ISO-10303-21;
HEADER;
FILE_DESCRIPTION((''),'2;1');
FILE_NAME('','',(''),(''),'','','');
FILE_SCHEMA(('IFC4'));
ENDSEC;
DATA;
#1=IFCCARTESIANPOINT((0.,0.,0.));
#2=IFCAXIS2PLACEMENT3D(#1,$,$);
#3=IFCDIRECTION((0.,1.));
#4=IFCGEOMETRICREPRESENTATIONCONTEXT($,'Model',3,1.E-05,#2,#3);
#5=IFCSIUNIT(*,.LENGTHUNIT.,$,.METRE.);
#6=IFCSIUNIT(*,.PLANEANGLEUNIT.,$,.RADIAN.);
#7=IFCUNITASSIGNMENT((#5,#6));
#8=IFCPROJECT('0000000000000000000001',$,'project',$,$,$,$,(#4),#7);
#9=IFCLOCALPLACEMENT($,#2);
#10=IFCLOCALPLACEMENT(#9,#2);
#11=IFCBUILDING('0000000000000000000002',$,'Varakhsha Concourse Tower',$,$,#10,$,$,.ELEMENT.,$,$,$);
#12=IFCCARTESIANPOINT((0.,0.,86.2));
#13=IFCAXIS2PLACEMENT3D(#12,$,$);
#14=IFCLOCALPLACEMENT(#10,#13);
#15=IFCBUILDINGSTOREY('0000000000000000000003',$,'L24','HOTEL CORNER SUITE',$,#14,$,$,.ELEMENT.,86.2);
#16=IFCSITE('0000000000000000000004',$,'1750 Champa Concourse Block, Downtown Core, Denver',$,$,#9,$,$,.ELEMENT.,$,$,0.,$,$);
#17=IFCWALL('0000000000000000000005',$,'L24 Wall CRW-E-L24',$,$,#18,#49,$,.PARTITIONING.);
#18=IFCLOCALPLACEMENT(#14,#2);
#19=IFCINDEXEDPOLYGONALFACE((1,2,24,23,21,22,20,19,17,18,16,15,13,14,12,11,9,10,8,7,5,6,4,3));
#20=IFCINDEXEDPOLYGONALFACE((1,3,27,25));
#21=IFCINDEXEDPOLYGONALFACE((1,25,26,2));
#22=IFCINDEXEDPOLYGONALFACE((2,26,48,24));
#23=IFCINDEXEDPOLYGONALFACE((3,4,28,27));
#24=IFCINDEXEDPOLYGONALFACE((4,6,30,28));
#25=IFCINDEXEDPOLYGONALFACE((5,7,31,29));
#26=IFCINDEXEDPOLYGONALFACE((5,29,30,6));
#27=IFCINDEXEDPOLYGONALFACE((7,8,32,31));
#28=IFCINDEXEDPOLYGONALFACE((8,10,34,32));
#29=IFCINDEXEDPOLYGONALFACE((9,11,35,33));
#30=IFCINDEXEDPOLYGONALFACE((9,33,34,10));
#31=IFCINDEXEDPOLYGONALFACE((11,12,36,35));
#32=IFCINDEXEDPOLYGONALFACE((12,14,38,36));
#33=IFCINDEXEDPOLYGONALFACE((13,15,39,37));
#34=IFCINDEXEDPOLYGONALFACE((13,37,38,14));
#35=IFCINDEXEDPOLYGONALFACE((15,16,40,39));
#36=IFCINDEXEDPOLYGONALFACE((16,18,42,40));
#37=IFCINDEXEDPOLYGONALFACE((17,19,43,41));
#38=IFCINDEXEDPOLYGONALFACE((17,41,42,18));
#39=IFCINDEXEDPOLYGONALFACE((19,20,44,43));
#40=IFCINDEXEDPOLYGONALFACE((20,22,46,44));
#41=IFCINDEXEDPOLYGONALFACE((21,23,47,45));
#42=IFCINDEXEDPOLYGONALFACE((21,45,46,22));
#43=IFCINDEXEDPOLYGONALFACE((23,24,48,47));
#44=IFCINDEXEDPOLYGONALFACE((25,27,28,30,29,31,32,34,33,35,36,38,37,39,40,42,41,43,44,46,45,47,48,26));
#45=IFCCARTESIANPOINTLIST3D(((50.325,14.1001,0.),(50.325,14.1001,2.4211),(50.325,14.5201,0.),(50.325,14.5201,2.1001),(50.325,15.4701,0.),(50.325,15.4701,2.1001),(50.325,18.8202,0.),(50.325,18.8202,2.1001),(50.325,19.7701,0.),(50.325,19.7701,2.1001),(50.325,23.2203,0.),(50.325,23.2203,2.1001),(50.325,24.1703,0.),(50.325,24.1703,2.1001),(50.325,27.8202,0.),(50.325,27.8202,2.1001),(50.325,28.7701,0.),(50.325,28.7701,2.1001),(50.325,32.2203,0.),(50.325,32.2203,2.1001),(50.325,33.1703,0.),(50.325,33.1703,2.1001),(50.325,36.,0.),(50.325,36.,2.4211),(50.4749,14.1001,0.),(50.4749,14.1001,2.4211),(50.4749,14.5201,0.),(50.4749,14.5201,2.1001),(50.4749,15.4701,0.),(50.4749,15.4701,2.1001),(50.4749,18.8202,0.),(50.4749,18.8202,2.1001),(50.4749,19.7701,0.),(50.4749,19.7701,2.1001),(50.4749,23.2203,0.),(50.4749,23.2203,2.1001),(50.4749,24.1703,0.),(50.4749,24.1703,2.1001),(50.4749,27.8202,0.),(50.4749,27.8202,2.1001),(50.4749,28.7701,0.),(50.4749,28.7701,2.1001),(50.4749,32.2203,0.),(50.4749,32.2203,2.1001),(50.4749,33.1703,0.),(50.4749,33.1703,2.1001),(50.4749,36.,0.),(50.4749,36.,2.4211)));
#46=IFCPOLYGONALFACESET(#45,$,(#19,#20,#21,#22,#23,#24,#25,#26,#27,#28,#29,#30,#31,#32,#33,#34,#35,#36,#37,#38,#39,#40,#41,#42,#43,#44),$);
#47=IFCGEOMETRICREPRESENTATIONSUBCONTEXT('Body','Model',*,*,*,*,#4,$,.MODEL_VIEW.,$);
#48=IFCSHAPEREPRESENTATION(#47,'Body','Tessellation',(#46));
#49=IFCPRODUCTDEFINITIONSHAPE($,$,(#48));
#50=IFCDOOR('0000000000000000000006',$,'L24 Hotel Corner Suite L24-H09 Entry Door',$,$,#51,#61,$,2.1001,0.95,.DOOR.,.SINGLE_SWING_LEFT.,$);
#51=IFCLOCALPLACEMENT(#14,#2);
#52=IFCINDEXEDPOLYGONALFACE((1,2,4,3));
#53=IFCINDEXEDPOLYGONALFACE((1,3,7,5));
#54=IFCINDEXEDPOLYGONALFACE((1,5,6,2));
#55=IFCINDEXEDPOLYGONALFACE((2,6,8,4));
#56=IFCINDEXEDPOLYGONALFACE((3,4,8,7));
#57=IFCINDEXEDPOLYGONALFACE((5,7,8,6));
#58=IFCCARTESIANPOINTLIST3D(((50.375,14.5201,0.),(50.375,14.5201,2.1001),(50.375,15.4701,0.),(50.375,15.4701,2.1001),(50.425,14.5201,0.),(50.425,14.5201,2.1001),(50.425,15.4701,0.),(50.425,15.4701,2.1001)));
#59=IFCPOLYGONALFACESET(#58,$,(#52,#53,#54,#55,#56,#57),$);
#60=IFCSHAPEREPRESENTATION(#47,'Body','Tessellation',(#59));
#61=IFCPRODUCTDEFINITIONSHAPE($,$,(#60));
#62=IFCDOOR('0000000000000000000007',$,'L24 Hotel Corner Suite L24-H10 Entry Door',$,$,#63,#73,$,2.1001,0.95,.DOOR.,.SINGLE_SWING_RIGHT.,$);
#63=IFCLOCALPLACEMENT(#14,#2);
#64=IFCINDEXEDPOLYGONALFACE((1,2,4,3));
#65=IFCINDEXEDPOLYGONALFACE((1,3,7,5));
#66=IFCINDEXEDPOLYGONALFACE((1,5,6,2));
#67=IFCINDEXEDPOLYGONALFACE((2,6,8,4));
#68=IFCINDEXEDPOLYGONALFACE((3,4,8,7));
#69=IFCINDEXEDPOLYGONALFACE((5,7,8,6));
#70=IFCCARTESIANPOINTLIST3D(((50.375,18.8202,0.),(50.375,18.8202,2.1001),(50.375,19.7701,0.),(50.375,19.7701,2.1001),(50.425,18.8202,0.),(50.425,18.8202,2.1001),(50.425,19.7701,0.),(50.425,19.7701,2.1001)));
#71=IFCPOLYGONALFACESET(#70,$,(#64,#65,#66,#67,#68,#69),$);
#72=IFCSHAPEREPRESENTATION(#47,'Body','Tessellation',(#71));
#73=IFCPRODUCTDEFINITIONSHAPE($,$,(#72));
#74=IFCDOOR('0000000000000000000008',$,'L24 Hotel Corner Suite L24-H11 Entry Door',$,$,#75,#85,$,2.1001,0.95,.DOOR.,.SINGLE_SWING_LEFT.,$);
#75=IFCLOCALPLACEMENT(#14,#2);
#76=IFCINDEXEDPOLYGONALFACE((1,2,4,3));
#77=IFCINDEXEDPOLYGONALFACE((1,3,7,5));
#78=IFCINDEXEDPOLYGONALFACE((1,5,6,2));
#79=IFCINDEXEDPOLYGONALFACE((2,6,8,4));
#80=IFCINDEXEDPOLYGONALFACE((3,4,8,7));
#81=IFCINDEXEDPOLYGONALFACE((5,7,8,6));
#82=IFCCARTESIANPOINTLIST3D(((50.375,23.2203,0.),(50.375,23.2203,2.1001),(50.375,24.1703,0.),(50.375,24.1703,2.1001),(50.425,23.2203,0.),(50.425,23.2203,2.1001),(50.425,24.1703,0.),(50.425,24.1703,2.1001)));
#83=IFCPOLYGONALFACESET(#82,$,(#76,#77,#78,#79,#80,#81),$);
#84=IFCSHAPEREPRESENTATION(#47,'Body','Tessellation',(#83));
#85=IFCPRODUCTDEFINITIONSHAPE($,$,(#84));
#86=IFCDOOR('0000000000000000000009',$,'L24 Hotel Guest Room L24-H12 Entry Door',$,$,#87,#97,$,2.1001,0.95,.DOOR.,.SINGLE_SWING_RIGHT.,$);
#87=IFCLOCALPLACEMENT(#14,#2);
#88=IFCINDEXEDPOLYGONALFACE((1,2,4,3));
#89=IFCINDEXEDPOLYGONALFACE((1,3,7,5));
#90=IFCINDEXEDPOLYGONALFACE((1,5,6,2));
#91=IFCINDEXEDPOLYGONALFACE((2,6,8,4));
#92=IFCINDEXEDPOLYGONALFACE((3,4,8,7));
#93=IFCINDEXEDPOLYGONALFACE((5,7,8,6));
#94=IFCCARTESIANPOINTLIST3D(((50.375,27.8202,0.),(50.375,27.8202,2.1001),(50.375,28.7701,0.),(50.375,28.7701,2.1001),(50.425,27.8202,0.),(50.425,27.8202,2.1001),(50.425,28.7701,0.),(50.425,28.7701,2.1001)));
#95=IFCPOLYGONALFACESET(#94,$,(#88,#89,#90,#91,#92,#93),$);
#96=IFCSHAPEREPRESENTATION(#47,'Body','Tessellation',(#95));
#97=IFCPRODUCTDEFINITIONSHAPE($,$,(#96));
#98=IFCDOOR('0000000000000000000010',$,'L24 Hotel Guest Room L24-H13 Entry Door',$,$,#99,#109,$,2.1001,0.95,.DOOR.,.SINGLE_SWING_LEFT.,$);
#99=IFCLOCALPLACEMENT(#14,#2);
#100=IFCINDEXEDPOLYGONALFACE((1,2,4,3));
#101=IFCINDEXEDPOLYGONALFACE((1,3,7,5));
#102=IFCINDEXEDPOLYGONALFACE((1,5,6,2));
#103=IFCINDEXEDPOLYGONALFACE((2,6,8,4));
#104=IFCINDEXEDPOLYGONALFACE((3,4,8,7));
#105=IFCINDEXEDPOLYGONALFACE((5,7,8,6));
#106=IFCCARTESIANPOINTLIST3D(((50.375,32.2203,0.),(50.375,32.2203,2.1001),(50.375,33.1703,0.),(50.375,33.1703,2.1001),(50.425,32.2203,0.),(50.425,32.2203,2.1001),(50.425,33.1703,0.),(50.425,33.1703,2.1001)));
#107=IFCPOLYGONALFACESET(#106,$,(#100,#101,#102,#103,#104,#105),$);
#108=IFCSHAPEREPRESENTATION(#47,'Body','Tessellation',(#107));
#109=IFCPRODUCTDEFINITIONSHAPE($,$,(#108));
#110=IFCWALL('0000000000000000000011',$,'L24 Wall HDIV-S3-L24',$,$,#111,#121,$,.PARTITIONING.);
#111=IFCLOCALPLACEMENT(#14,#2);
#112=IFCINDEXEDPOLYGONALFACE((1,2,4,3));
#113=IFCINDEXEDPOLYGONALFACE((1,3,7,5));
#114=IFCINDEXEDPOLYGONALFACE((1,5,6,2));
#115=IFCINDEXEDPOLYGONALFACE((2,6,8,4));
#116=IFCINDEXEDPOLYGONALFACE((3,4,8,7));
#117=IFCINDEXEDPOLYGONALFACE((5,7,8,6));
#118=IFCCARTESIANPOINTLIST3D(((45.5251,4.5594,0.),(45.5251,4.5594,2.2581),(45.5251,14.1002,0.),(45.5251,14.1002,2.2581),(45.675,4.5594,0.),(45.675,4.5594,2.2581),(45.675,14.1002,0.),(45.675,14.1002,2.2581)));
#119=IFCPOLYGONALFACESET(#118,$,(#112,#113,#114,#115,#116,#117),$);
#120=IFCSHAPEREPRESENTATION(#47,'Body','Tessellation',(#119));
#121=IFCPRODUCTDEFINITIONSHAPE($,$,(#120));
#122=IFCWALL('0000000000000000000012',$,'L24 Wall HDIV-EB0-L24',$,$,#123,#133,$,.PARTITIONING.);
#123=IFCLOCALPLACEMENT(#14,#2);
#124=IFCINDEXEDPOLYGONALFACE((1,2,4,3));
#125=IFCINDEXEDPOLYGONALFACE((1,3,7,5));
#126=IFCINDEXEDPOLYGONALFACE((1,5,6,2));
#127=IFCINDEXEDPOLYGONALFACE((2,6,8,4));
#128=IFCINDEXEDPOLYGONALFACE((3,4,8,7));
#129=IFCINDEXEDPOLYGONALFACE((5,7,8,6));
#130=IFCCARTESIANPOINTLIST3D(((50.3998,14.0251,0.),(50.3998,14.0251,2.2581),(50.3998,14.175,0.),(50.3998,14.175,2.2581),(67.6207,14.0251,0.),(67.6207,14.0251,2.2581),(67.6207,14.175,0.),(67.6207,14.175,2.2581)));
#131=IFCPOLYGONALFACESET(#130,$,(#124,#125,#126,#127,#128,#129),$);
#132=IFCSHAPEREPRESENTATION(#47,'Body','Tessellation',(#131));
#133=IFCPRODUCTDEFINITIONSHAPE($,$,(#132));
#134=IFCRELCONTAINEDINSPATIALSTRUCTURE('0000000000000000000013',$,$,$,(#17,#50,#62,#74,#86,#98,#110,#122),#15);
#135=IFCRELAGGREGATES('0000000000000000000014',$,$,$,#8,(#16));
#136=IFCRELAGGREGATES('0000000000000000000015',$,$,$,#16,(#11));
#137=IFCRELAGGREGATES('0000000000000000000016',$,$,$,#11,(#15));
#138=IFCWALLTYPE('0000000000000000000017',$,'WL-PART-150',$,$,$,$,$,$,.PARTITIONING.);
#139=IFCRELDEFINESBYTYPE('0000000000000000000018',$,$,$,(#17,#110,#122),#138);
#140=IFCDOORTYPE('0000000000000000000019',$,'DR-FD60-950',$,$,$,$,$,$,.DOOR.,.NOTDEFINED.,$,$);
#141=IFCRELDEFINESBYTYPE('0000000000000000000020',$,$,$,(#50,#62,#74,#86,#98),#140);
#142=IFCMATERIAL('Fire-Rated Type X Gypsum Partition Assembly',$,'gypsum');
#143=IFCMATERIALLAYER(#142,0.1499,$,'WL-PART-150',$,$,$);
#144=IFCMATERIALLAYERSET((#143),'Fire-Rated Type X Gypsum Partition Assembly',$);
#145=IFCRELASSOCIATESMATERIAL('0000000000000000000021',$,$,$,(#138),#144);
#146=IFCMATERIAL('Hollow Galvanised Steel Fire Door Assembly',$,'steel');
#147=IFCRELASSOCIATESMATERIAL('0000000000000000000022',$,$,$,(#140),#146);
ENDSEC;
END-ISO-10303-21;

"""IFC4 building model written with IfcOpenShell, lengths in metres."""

from ifc_helpers import new_model, si_unit, direction, frame, frame_2d, origin, place, context, subcontext, project, spatial, rectangle, extrude, material, layer, layer_set, type_object, element, fill, save


model = new_model("IFC4")

# Units and contexts
model_context = context("Model", 3, precision=1e-05, world=origin(), true_north=direction((0.0, 1.0)))
body_context = subcontext(model_context, "Body", "Model", "MODEL_VIEW")
ifc_project = project(units=[si_unit("LENGTHUNIT", "METRE"), si_unit("PLANEANGLEUNIT", "RADIAN")], contexts=[model_context])

# Site, building, storey
site_placement = place(None, origin())
site = spatial("IfcSite", under=ifc_project, at=site_placement, Name="1750 Champa Concourse Block, Downtown Core, Denver", CompositionType="ELEMENT", RefElevation=0.0)
building_placement = place(site_placement, origin())
building = spatial("IfcBuilding", under=site, at=building_placement, Name="Varakhsha Concourse Tower", CompositionType="ELEMENT")
storey_placement = place(building_placement, frame((0.0, 0.0, 86.2)))
storey = spatial("IfcBuildingStorey", under=building, at=storey_placement, Name="L24", Description="HOTEL CORNER SUITE", CompositionType="ELEMENT", Elevation=86.2)

# Shared definitions
ifc_material_1 = material(Name="Fire-Rated Type X Gypsum Partition Assembly", Category="gypsum")
ifc_material_2 = material(Name="Hollow Galvanised Steel Fire Door Assembly", Category="steel")

# Wall, openings, doors
ifc_layer_1 = layer(ifc_material_1, 0.1499, Name="WL-PART-150")
ifc_layer_set_1 = layer_set([ifc_layer_1], Name="Fire-Rated Type X Gypsum Partition Assembly")
wall_type_1 = type_object("IfcWallType", Name="WL-PART-150", PredefinedType="PARTITIONING", material=ifc_layer_set_1)
wall_1_placement = place(storey_placement, frame((50.3999, 14.1001, 0.0), z_axis=(0.0, 0.0, 1.0), x_axis=(0.0, 1.0, 0.0)))
wall_1 = element("IfcWall", 1, at=wall_1_placement, inside=storey, type_object=wall_type_1, Name="L24 Wall CRW-E-L24", PredefinedType="PARTITIONING", context=body_context, shape_type="SweptSolid", body=[
    extrude(rectangle(XDim=21.8999, YDim=0.1499, at=frame_2d((10.95, 0.0))), origin(), (0.0, 0.0, 1.0), 2.4211),
])
opening_1_placement = place(wall_1_placement, frame((0.4199, 0.0, 0.0)))
opening_1 = element("IfcOpeningElement", 2, at=opening_1_placement, cuts=wall_1, PredefinedType="OPENING", context=body_context, shape_type="SweptSolid", body=[
    extrude(rectangle(XDim=0.95, YDim=2.1001, at=frame_2d((0.4751, 1.05))), frame((0.0, 0.085, 0.0), z_axis=(0.0, -1.0, 0.0), x_axis=(1.0, 0.0, 0.0)), (0.0, 0.0, 1.0), 0.1699),
])
opening_2_placement = place(wall_1_placement, frame((4.72, 0.0, 0.0)))
opening_2 = element("IfcOpeningElement", 3, at=opening_2_placement, cuts=wall_1, PredefinedType="OPENING", context=body_context, shape_type="SweptSolid", body=[
    extrude(rectangle(XDim=0.95, YDim=2.1001, at=frame_2d((0.4751, 1.05))), frame((0.0, 0.085, 0.0), z_axis=(0.0, -1.0, 0.0), x_axis=(1.0, 0.0, 0.0)), (0.0, 0.0, 1.0), 0.1699),
])
opening_3_placement = place(wall_1_placement, frame((9.1201, 0.0, 0.0)))
opening_3 = element("IfcOpeningElement", 4, at=opening_3_placement, cuts=wall_1, PredefinedType="OPENING", context=body_context, shape_type="SweptSolid", body=[
    extrude(rectangle(XDim=0.95, YDim=2.1001, at=frame_2d((0.4751, 1.05))), frame((0.0, 0.085, 0.0), z_axis=(0.0, -1.0, 0.0), x_axis=(1.0, 0.0, 0.0)), (0.0, 0.0, 1.0), 0.1699),
])
opening_4_placement = place(wall_1_placement, frame((13.72, 0.0, 0.0)))
opening_4 = element("IfcOpeningElement", 5, at=opening_4_placement, cuts=wall_1, PredefinedType="OPENING", context=body_context, shape_type="SweptSolid", body=[
    extrude(rectangle(XDim=0.95, YDim=2.1001, at=frame_2d((0.4751, 1.05))), frame((0.0, 0.085, 0.0), z_axis=(0.0, -1.0, 0.0), x_axis=(1.0, 0.0, 0.0)), (0.0, 0.0, 1.0), 0.1699),
])
opening_5_placement = place(wall_1_placement, frame((18.1201, 0.0, 0.0)))
opening_5 = element("IfcOpeningElement", 6, at=opening_5_placement, cuts=wall_1, PredefinedType="OPENING", context=body_context, shape_type="SweptSolid", body=[
    extrude(rectangle(XDim=0.95, YDim=2.1001, at=frame_2d((0.4751, 1.05))), frame((0.0, 0.085, 0.0), z_axis=(0.0, -1.0, 0.0), x_axis=(1.0, 0.0, 0.0)), (0.0, 0.0, 1.0), 0.1699),
])
door_type_1 = type_object("IfcDoorType", Name="DR-FD60-950", OperationType="NOTDEFINED", PredefinedType="DOOR", material=ifc_material_2)
door_1_placement = place(opening_1_placement, origin())
door_1 = element("IfcDoor", 7, at=door_1_placement, inside=storey, type_object=door_type_1, Name="L24 Hotel Corner Suite L24-H09 Entry Door", OperationType="SINGLE_SWING_LEFT", OverallHeight=2.1001, OverallWidth=0.95, PredefinedType="DOOR", context=body_context, shape_type="SweptSolid", body=[
    extrude(rectangle(XDim=0.95, YDim=2.1001, at=frame_2d((0.4751, 1.05))), frame((0.0, 0.0249, 0.0), z_axis=(0.0, -1.0, 0.0), x_axis=(1.0, 0.0, 0.0)), (0.0, 0.0, 1.0), 0.05),
])
fill(opening_1, door_1)
door_2_placement = place(opening_2_placement, origin())
door_2 = element("IfcDoor", 8, at=door_2_placement, inside=storey, type_object=door_type_1, Name="L24 Hotel Corner Suite L24-H10 Entry Door", OperationType="SINGLE_SWING_RIGHT", OverallHeight=2.1001, OverallWidth=0.95, PredefinedType="DOOR", context=body_context, shape_type="SweptSolid", body=[
    extrude(rectangle(XDim=0.95, YDim=2.1001, at=frame_2d((0.4751, 1.05))), frame((0.0, 0.0249, 0.0), z_axis=(0.0, -1.0, 0.0), x_axis=(1.0, 0.0, 0.0)), (0.0, 0.0, 1.0), 0.05),
])
fill(opening_2, door_2)
door_3_placement = place(opening_3_placement, origin())
door_3 = element("IfcDoor", 9, at=door_3_placement, inside=storey, type_object=door_type_1, Name="L24 Hotel Corner Suite L24-H11 Entry Door", OperationType="SINGLE_SWING_LEFT", OverallHeight=2.1001, OverallWidth=0.95, PredefinedType="DOOR", context=body_context, shape_type="SweptSolid", body=[
    extrude(rectangle(XDim=0.95, YDim=2.1001, at=frame_2d((0.4751, 1.05))), frame((0.0, 0.0249, 0.0), z_axis=(0.0, -1.0, 0.0), x_axis=(1.0, 0.0, 0.0)), (0.0, 0.0, 1.0), 0.05),
])
fill(opening_3, door_3)
door_4_placement = place(opening_4_placement, origin())
door_4 = element("IfcDoor", 10, at=door_4_placement, inside=storey, type_object=door_type_1, Name="L24 Hotel Guest Room L24-H12 Entry Door", OperationType="SINGLE_SWING_RIGHT", OverallHeight=2.1001, OverallWidth=0.95, PredefinedType="DOOR", context=body_context, shape_type="SweptSolid", body=[
    extrude(rectangle(XDim=0.95, YDim=2.1001, at=frame_2d((0.4751, 1.05))), frame((0.0, 0.0249, 0.0), z_axis=(0.0, -1.0, 0.0), x_axis=(1.0, 0.0, 0.0)), (0.0, 0.0, 1.0), 0.05),
])
fill(opening_4, door_4)
door_5_placement = place(opening_5_placement, origin())
door_5 = element("IfcDoor", 11, at=door_5_placement, inside=storey, type_object=door_type_1, Name="L24 Hotel Guest Room L24-H13 Entry Door", OperationType="SINGLE_SWING_LEFT", OverallHeight=2.1001, OverallWidth=0.95, PredefinedType="DOOR", context=body_context, shape_type="SweptSolid", body=[
    extrude(rectangle(XDim=0.95, YDim=2.1001, at=frame_2d((0.4751, 1.05))), frame((0.0, 0.0249, 0.0), z_axis=(0.0, -1.0, 0.0), x_axis=(1.0, 0.0, 0.0)), (0.0, 0.0, 1.0), 0.05),
])
fill(opening_5, door_5)

# Walls
wall_2_placement = place(storey_placement, frame((45.6001, 4.5593, 0.0), z_axis=(0.0, 0.0, 1.0), x_axis=(0.0, 1.0, 0.0)))
element("IfcWall", 12, at=wall_2_placement, inside=storey, type_object=wall_type_1, Name="L24 Wall HDIV-S3-L24", PredefinedType="PARTITIONING", context=body_context, shape_type="SweptSolid", body=[
    extrude(rectangle(XDim=9.5408, YDim=0.1499, at=frame_2d((4.7705, 0.0))), origin(), (0.0, 0.0, 1.0), 2.2581),
])
wall_3_placement = place(storey_placement, frame((50.3999, 14.1001, 0.0), z_axis=(0.0, 0.0, 1.0), x_axis=(1.0, 0.0, 0.0)))
element("IfcWall", 13, at=wall_3_placement, inside=storey, type_object=wall_type_1, Name="L24 Wall HDIV-EB0-L24", PredefinedType="PARTITIONING", context=body_context, shape_type="SweptSolid", body=[
    extrude(rectangle(XDim=17.2209, YDim=0.1499, at=frame_2d((8.6104, 0.0))), origin(), (0.0, 0.0, 1.0), 2.2581),
])

save(model, "model.ifc")
